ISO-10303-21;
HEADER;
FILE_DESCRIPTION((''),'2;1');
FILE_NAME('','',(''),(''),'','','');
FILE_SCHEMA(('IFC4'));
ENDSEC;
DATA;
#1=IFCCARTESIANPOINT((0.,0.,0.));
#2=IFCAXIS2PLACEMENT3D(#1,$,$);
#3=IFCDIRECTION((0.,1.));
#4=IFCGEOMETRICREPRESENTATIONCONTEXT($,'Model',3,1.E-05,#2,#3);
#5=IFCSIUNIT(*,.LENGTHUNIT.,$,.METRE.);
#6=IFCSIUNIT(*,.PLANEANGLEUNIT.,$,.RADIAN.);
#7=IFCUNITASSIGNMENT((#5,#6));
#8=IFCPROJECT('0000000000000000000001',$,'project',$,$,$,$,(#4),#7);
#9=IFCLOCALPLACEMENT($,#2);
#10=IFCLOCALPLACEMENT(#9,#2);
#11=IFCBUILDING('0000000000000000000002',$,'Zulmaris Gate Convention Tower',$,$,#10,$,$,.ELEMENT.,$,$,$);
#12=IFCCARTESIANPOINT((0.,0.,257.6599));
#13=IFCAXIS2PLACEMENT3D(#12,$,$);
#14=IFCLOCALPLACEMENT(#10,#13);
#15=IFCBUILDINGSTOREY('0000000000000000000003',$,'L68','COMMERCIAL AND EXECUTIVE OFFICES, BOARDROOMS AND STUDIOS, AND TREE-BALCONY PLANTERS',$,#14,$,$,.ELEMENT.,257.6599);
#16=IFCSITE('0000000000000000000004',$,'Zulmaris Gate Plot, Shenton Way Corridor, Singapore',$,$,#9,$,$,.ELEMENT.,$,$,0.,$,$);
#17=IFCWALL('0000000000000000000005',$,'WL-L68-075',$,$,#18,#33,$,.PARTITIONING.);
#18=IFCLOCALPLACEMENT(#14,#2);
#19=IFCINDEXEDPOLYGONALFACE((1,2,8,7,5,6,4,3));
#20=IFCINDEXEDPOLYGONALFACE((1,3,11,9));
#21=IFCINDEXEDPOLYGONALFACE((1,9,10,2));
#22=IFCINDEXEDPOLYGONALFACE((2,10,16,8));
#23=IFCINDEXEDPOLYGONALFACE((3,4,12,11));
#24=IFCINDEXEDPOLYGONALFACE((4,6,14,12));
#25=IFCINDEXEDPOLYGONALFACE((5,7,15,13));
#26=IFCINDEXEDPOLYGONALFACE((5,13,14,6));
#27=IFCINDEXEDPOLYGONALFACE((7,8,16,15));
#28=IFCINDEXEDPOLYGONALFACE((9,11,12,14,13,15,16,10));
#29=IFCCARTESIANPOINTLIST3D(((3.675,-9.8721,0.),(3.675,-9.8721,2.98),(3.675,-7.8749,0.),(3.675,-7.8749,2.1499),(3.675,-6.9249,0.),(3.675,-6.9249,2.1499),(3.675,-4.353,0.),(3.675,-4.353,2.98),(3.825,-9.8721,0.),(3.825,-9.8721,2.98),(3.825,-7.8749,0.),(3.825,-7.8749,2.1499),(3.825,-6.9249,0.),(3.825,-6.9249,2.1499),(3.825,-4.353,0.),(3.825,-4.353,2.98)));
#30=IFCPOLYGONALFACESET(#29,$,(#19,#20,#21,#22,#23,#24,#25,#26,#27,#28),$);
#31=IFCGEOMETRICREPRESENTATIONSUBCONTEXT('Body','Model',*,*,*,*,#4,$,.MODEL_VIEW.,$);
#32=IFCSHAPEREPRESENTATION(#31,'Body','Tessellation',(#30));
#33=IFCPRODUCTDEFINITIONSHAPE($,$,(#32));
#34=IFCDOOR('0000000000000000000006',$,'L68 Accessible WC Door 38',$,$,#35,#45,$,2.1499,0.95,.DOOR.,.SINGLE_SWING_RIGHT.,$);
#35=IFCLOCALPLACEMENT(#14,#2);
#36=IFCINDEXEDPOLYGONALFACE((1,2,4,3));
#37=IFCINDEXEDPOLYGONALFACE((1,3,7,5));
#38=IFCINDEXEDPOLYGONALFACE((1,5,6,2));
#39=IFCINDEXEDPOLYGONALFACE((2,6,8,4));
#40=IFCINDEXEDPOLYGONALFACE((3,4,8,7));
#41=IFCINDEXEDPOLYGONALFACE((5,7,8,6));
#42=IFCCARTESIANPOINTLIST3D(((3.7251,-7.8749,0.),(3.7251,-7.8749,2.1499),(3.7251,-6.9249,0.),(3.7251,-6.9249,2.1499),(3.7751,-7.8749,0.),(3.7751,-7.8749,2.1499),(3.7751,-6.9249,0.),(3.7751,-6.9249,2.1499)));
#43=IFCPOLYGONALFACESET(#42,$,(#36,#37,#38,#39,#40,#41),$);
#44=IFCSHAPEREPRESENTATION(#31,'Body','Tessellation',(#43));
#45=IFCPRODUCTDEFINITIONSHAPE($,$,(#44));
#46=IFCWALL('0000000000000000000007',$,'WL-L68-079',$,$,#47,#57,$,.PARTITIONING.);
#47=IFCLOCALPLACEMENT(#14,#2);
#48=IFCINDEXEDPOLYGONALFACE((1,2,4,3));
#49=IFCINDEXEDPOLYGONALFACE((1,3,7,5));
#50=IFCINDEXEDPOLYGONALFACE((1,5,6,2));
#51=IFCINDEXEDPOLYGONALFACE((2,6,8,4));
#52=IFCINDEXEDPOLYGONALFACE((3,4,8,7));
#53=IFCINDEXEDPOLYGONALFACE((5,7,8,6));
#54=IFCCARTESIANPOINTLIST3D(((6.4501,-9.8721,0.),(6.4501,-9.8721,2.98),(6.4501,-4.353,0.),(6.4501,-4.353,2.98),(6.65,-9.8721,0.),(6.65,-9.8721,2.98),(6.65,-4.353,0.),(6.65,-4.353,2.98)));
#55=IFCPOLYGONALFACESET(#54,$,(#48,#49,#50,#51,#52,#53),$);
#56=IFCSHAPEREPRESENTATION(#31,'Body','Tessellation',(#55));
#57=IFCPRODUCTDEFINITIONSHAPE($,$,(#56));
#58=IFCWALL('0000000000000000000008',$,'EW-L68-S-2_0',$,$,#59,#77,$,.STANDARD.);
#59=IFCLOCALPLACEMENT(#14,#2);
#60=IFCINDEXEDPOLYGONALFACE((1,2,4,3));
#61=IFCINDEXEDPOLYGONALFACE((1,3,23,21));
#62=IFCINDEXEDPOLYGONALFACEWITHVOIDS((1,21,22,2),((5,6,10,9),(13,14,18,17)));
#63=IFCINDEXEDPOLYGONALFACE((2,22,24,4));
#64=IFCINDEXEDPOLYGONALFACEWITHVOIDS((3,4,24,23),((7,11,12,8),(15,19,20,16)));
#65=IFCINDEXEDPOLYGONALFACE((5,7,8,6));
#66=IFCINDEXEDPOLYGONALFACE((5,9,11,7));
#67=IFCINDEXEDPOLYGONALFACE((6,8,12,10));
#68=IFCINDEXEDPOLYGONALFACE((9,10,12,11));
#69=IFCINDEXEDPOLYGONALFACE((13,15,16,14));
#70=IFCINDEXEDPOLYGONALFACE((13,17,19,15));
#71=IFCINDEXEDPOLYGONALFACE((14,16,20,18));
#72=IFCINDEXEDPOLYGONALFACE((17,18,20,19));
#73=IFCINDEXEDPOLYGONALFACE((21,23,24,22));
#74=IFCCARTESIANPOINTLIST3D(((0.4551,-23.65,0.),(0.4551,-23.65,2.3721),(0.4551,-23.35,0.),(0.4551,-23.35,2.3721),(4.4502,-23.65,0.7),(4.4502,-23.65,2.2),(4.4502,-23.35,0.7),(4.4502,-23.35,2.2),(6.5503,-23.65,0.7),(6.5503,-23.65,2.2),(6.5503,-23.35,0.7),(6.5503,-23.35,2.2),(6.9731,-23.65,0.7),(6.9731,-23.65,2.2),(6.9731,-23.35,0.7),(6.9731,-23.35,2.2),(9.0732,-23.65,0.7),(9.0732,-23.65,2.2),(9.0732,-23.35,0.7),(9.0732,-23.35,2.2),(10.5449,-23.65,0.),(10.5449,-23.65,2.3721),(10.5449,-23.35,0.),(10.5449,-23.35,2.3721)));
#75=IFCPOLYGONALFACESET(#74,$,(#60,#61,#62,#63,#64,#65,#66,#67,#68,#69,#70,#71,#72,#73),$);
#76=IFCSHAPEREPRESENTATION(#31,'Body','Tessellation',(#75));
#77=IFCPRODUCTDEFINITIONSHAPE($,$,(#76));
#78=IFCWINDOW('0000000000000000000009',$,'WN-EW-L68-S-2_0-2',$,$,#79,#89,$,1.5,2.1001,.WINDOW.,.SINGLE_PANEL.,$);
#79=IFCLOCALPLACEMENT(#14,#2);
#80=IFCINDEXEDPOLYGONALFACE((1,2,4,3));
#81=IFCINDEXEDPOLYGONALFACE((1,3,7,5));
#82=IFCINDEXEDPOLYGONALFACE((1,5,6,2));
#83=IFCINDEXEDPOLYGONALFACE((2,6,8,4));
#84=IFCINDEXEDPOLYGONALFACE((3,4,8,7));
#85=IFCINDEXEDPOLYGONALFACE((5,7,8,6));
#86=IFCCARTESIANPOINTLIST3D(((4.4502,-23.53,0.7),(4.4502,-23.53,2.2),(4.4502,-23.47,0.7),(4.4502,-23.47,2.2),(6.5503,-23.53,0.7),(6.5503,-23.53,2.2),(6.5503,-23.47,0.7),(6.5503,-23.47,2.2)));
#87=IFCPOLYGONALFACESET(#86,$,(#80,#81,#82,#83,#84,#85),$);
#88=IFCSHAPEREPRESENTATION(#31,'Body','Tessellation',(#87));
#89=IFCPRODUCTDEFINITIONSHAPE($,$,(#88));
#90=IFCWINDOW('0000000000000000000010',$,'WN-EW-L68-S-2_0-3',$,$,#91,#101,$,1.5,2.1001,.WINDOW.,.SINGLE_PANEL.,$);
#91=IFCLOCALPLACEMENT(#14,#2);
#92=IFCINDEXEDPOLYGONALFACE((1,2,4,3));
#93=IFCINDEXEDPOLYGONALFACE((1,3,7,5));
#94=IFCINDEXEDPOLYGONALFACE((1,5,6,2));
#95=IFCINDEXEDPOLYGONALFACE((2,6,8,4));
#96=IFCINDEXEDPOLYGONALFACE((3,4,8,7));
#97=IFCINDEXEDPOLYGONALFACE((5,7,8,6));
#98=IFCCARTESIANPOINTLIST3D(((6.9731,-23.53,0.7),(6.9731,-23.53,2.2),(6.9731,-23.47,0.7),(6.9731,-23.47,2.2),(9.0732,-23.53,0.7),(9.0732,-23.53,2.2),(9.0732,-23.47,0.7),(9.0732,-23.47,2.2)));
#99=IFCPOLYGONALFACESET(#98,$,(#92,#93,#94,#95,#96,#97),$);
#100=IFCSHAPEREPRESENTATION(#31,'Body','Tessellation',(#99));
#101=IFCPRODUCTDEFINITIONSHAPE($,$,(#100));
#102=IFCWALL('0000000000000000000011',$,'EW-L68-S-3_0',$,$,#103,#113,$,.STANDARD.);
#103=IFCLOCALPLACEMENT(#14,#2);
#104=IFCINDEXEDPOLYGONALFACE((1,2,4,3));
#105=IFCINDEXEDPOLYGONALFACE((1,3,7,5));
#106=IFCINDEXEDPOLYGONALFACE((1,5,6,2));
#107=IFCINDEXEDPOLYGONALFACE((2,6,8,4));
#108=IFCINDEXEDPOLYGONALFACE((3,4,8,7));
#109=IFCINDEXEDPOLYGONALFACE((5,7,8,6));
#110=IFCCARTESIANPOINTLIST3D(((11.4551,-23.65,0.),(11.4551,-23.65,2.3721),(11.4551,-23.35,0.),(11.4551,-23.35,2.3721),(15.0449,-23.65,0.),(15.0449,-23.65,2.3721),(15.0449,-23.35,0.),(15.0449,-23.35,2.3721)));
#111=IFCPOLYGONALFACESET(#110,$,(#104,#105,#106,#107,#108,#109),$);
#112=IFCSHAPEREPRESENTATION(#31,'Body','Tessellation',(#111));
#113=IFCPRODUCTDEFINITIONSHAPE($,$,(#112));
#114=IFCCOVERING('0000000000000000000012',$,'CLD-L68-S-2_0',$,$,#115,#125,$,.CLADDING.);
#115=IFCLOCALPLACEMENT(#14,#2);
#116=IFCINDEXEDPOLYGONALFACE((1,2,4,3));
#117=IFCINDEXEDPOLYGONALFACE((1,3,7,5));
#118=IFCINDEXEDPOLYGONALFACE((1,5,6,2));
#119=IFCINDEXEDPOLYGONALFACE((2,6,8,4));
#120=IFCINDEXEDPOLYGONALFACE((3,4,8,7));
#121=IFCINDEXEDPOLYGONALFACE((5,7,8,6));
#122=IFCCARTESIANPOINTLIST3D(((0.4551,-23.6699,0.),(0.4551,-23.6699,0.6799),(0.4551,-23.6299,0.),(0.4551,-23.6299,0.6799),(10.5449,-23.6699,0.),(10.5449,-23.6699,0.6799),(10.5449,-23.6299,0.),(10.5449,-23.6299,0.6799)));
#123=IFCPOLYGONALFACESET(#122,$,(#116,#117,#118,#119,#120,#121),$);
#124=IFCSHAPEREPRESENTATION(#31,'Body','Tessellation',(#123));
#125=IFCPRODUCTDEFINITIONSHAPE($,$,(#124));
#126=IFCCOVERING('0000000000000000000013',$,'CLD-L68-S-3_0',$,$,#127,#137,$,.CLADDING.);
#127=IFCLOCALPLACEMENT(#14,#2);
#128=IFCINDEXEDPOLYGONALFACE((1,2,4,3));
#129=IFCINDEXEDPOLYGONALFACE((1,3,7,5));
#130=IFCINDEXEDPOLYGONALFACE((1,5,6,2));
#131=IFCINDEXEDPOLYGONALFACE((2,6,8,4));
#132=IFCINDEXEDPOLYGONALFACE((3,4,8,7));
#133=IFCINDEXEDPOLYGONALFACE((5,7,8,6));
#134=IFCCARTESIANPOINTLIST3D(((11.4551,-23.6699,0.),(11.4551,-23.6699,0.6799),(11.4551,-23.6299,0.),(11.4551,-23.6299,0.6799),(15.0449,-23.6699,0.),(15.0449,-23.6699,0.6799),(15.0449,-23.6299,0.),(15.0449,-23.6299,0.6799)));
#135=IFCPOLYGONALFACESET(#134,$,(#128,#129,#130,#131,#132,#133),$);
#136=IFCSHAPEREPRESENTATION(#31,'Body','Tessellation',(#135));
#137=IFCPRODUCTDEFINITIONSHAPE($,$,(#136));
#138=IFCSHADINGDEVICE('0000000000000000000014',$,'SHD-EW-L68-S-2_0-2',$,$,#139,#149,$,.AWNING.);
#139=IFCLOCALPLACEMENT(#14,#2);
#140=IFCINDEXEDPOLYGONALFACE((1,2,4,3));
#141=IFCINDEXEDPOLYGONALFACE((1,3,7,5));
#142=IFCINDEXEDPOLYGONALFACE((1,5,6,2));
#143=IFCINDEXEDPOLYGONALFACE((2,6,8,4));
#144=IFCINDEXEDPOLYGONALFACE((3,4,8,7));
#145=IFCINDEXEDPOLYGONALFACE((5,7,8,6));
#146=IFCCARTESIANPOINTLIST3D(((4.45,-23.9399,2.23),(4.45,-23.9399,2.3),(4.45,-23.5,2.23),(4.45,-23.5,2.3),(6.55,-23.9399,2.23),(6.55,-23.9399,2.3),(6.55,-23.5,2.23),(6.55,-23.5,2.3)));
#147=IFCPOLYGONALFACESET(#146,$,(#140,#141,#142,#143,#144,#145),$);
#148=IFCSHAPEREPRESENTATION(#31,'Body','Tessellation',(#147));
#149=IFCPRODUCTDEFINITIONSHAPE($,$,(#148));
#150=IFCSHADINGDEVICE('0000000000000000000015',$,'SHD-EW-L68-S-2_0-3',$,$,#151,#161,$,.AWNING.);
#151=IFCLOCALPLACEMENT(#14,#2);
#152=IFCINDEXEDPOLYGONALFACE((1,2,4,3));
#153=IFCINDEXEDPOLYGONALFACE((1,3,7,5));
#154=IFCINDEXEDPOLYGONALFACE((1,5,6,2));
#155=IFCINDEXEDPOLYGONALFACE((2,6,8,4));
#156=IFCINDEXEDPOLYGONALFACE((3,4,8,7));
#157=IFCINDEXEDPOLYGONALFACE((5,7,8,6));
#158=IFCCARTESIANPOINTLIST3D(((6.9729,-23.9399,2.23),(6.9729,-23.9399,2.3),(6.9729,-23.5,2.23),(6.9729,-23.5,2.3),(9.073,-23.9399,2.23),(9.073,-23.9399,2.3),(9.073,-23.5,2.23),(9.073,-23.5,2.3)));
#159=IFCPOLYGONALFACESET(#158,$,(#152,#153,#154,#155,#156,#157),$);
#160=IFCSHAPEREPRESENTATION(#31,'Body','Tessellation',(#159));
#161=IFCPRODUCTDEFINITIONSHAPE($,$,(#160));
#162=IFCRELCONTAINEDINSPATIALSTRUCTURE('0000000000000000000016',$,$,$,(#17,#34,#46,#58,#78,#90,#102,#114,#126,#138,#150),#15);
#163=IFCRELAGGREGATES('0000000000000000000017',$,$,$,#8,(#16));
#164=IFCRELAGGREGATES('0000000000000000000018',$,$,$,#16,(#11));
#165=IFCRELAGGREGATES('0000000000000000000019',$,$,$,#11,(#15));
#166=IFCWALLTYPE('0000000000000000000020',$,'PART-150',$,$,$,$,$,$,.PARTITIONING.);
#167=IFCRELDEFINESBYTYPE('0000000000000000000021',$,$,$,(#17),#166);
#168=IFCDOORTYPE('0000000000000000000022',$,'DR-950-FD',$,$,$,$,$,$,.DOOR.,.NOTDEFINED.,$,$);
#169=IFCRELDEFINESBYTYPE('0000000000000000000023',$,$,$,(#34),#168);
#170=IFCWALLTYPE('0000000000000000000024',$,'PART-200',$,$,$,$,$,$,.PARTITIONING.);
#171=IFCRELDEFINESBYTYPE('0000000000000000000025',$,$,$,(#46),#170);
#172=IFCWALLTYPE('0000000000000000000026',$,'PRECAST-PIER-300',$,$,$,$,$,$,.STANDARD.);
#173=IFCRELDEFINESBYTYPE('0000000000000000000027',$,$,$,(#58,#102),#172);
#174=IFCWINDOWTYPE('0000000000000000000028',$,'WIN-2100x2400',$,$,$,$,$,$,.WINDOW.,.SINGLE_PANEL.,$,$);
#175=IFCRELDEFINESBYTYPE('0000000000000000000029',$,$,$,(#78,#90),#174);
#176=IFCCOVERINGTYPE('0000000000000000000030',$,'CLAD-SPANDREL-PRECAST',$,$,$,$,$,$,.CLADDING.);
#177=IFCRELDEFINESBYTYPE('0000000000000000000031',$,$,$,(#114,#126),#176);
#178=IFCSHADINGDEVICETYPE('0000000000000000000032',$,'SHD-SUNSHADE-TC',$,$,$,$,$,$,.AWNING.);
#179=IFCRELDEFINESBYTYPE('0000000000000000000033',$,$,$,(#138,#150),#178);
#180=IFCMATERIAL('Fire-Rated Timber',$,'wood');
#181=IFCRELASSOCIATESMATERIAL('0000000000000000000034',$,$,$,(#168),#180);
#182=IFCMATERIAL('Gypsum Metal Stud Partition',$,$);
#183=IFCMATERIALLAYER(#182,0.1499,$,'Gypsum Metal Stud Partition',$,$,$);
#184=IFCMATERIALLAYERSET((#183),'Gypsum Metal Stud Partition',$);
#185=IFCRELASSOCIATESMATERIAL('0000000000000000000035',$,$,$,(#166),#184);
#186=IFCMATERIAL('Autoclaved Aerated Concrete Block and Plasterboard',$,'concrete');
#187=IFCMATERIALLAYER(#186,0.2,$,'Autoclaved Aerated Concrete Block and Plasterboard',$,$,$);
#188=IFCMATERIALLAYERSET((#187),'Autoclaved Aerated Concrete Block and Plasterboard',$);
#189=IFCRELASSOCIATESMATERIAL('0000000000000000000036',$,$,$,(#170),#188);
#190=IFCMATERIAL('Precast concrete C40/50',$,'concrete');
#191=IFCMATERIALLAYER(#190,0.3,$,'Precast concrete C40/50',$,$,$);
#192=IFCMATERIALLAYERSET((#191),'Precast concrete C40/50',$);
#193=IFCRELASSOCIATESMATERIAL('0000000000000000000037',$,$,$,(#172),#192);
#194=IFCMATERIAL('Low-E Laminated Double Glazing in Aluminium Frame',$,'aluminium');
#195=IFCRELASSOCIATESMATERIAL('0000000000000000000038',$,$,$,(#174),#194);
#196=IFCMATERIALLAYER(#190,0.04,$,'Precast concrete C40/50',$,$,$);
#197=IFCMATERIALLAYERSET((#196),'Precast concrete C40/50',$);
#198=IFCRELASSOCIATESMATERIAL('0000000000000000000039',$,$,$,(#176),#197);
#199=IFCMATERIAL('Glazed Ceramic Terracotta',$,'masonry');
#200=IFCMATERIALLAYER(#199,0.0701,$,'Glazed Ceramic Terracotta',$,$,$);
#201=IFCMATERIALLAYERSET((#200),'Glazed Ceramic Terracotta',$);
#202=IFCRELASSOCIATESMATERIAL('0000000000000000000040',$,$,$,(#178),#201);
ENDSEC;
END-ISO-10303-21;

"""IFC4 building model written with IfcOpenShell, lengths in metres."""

from ifc_helpers import new_model, si_unit, direction, frame, frame_2d, origin, place, context, subcontext, project, spatial, rectangle, extrude, material, layer, layer_set, type_object, element, fill, save


model = new_model("IFC4")

# Units and contexts
model_context = context("Model", 3, precision=1e-05, world=origin(), true_north=direction((0.0, 1.0)))
body_context = subcontext(model_context, "Body", "Model", "MODEL_VIEW")
ifc_project = project(units=[si_unit("LENGTHUNIT", "METRE"), si_unit("PLANEANGLEUNIT", "RADIAN")], contexts=[model_context])

# Site, building, storey
site_placement = place(None, origin())
site = spatial("IfcSite", under=ifc_project, at=site_placement, Name="Zulmaris Gate Plot, Shenton Way Corridor, Singapore", CompositionType="ELEMENT", RefElevation=0.0)
building_placement = place(site_placement, origin())
building = spatial("IfcBuilding", under=site, at=building_placement, Name="Zulmaris Gate Convention Tower", CompositionType="ELEMENT")
storey_placement = place(building_placement, frame((0.0, 0.0, 257.6599)))
storey = spatial("IfcBuildingStorey", under=building, at=storey_placement, Name="L68", Description="COMMERCIAL AND EXECUTIVE OFFICES, BOARDROOMS AND STUDIOS, AND TREE-BALCONY PLANTERS", CompositionType="ELEMENT", Elevation=257.6599)

# Shared definitions
ifc_material_1 = material(Name="Fire-Rated Timber", Category="wood")
door_type = type_object("IfcDoorType", Name="DR-950-FD", OperationType="NOTDEFINED", PredefinedType="DOOR", material=ifc_material_1)

# Shared definitions
ifc_material_2 = material(Name="Gypsum Metal Stud Partition")
ifc_layer_1 = layer(ifc_material_2, 0.1499, Name="Gypsum Metal Stud Partition")
ifc_layer_set_1 = layer_set([ifc_layer_1], Name="Gypsum Metal Stud Partition")
wall_type_1 = type_object("IfcWallType", Name="PART-150", PredefinedType="PARTITIONING", material=ifc_layer_set_1)

# Wall, opening, door
wall_1_placement = place(storey_placement, frame((3.75, -9.8721, 0.0), z_axis=(0.0, 0.0, 1.0), x_axis=(0.0, 1.0, 0.0)))
wall_1 = element("IfcWall", 1, at=wall_1_placement, inside=storey, type_object=wall_type_1, Name="WL-L68-075", PredefinedType="PARTITIONING", context=body_context, shape_type="SweptSolid", body=[
    extrude(rectangle(XDim=5.519, YDim=0.1499, at=frame_2d((2.7595, 0.0))), origin(), (0.0, 0.0, 1.0), 2.98),
])
opening_1_placement = place(wall_1_placement, frame((1.9971, 0.0, 0.0)))
opening_1 = element("IfcOpeningElement", 2, at=opening_1_placement, cuts=wall_1, PredefinedType="OPENING", context=body_context, shape_type="SweptSolid", body=[
    extrude(rectangle(XDim=0.95, YDim=2.1499, at=frame_2d((0.4751, 1.075))), frame((0.0, 0.085, 0.0), z_axis=(0.0, -1.0, 0.0), x_axis=(1.0, 0.0, 0.0)), (0.0, 0.0, 1.0), 0.1699),
])
door_1_placement = place(opening_1_placement, origin())
door_1 = element("IfcDoor", 3, at=door_1_placement, inside=storey, type_object=door_type, Name="L68 Accessible WC Door 38", OperationType="SINGLE_SWING_RIGHT", OverallHeight=2.1499, OverallWidth=0.95, PredefinedType="DOOR", context=body_context, shape_type="SweptSolid", body=[
    extrude(rectangle(XDim=0.95, YDim=2.1499, at=frame_2d((0.4751, 1.075))), frame((0.0, 0.0249, 0.0), z_axis=(0.0, -1.0, 0.0), x_axis=(1.0, 0.0, 0.0)), (0.0, 0.0, 1.0), 0.05),
])
fill(opening_1, door_1)

# Wall
ifc_material_3 = material(Name="Autoclaved Aerated Concrete Block and Plasterboard", Category="concrete")
ifc_layer_2 = layer(ifc_material_3, 0.2, Name="Autoclaved Aerated Concrete Block and Plasterboard")
ifc_layer_set_2 = layer_set([ifc_layer_2], Name="Autoclaved Aerated Concrete Block and Plasterboard")
wall_type_2 = type_object("IfcWallType", Name="PART-200", PredefinedType="PARTITIONING", material=ifc_layer_set_2)
wall_2_placement = place(storey_placement, frame((6.55, -9.8721, 0.0), z_axis=(0.0, 0.0, 1.0), x_axis=(0.0, 1.0, 0.0)))
element("IfcWall", 4, at=wall_2_placement, inside=storey, type_object=wall_type_2, Name="WL-L68-079", PredefinedType="PARTITIONING", context=body_context, shape_type="SweptSolid", body=[
    extrude(rectangle(XDim=5.519, YDim=0.2, at=frame_2d((2.7595, 0.0))), origin(), (0.0, 0.0, 1.0), 2.98),
])

# Wall, openings, windows
ifc_material_4 = material(Name="Precast concrete C40/50", Category="concrete")
ifc_layer_3 = layer(ifc_material_4, 0.3, Name="Precast concrete C40/50")
ifc_layer_set_3 = layer_set([ifc_layer_3], Name="Precast concrete C40/50")
wall_type_3 = type_object("IfcWallType", Name="PRECAST-PIER-300", PredefinedType="STANDARD", material=ifc_layer_set_3)
wall_3_placement = place(storey_placement, frame((0.4551, -23.5, 0.0), z_axis=(0.0, 0.0, 1.0), x_axis=(1.0, 0.0, 0.0)))
wall_3 = element("IfcWall", 5, at=wall_3_placement, inside=storey, type_object=wall_type_3, Name="EW-L68-S-2_0", PredefinedType="STANDARD", context=body_context, shape_type="SweptSolid", body=[
    extrude(rectangle(XDim=10.0898, YDim=0.3, at=frame_2d((5.0449, 0.0))), origin(), (0.0, 0.0, 1.0), 2.3721),
])
opening_2_placement = place(wall_3_placement, frame((3.9951, 0.0, 0.7)))
opening_2 = element("IfcOpeningElement", 6, at=opening_2_placement, cuts=wall_3, PredefinedType="OPENING", context=body_context, shape_type="SweptSolid", body=[
    extrude(rectangle(XDim=2.1001, YDim=1.5, at=frame_2d((1.05, 0.75))), frame((0.0, 0.1602, 0.0), z_axis=(0.0, -1.0, 0.0), x_axis=(1.0, 0.0, 0.0)), (0.0, 0.0, 1.0), 0.3201),
])
opening_3_placement = place(wall_3_placement, frame((6.5181, 0.0, 0.7)))
opening_3 = element("IfcOpeningElement", 7, at=opening_3_placement, cuts=wall_3, PredefinedType="OPENING", context=body_context, shape_type="SweptSolid", body=[
    extrude(rectangle(XDim=2.1001, YDim=1.5, at=frame_2d((1.05, 0.75))), frame((0.0, 0.1602, 0.0), z_axis=(0.0, -1.0, 0.0), x_axis=(1.0, 0.0, 0.0)), (0.0, 0.0, 1.0), 0.3201),
])
ifc_material_5 = material(Name="Low-E Laminated Double Glazing in Aluminium Frame", Category="aluminium")
window_type = type_object("IfcWindowType", Name="WIN-2100x2400", PartitioningType="SINGLE_PANEL", PredefinedType="WINDOW", material=ifc_material_5)
window_1_placement = place(opening_2_placement, origin())
window_1 = element("IfcWindow", 8, at=window_1_placement, inside=storey, type_object=window_type, Name="WN-EW-L68-S-2_0-2", OverallHeight=1.5, OverallWidth=2.1001, PartitioningType="SINGLE_PANEL", PredefinedType="WINDOW", context=body_context, shape_type="SweptSolid", body=[
    extrude(rectangle(XDim=2.1001, YDim=1.5, at=frame_2d((1.05, 0.75))), frame((0.0, 0.03, 0.0), z_axis=(0.0, -1.0, 0.0), x_axis=(1.0, 0.0, 0.0)), (0.0, 0.0, 1.0), 0.0601),
])
fill(opening_2, window_1)
window_2_placement = place(opening_3_placement, origin())
window_2 = element("IfcWindow", 9, at=window_2_placement, inside=storey, type_object=window_type, Name="WN-EW-L68-S-2_0-3", OverallHeight=1.5, OverallWidth=2.1001, PartitioningType="SINGLE_PANEL", PredefinedType="WINDOW", context=body_context, shape_type="SweptSolid", body=[
    extrude(rectangle(XDim=2.1001, YDim=1.5, at=frame_2d((1.05, 0.75))), frame((0.0, 0.03, 0.0), z_axis=(0.0, -1.0, 0.0), x_axis=(1.0, 0.0, 0.0)), (0.0, 0.0, 1.0), 0.0601),
])
fill(opening_3, window_2)

# Wall
wall_4_placement = place(storey_placement, frame((11.4551, -23.5, 0.0), z_axis=(0.0, 0.0, 1.0), x_axis=(1.0, 0.0, 0.0)))
element("IfcWall", 10, at=wall_4_placement, inside=storey, type_object=wall_type_3, Name="EW-L68-S-3_0", PredefinedType="STANDARD", context=body_context, shape_type="SweptSolid", body=[
    extrude(rectangle(XDim=3.5898, YDim=0.3, at=frame_2d((1.7949, 0.0))), origin(), (0.0, 0.0, 1.0), 2.3721),
])

# Coverings
ifc_layer_4 = layer(ifc_material_4, 0.04, Name="Precast concrete C40/50")
ifc_layer_set_4 = layer_set([ifc_layer_4], Name="Precast concrete C40/50")
covering_type = type_object("IfcCoveringType", Name="CLAD-SPANDREL-PRECAST", PredefinedType="CLADDING", material=ifc_layer_set_4)
covering_1_placement = place(storey_placement, frame((0.4551, -23.6499, 0.0), z_axis=(0.0, 0.0, 1.0), x_axis=(1.0, 0.0, 0.0)))
element("IfcCovering", 11, at=covering_1_placement, inside=storey, type_object=covering_type, Name="CLD-L68-S-2_0", PredefinedType="CLADDING", context=body_context, shape_type="SweptSolid", body=[
    extrude(rectangle(XDim=10.0898, YDim=0.04, at=frame_2d((5.0449, 0.0))), origin(), (0.0, 0.0, 1.0), 0.6799),
])
covering_2_placement = place(storey_placement, frame((11.4551, -23.6499, 0.0), z_axis=(0.0, 0.0, 1.0), x_axis=(1.0, 0.0, 0.0)))
element("IfcCovering", 12, at=covering_2_placement, inside=storey, type_object=covering_type, Name="CLD-L68-S-3_0", PredefinedType="CLADDING", context=body_context, shape_type="SweptSolid", body=[
    extrude(rectangle(XDim=3.5898, YDim=0.04, at=frame_2d((1.7949, 0.0))), origin(), (0.0, 0.0, 1.0), 0.6799),
])

# Shading devices
ifc_material_6 = material(Name="Glazed Ceramic Terracotta", Category="masonry")
ifc_layer_5 = layer(ifc_material_6, 0.0701, Name="Glazed Ceramic Terracotta")
ifc_layer_set_5 = layer_set([ifc_layer_5], Name="Glazed Ceramic Terracotta")
shading_device_type = type_object("IfcShadingDeviceType", Name="SHD-SUNSHADE-TC", PredefinedType="AWNING", material=ifc_layer_set_5)
for number, where, z_axis, x_axis, name in (
    (13, (4.45, -23.72, 2.23), (0.0, 0.0, 1.0), (1.0, 0.0, 0.0), "SHD-EW-L68-S-2_0-2"),
    (14, (6.9729, -23.72, 2.23), (0.0, 0.0, 1.0), (1.0, 0.0, 0.0), "SHD-EW-L68-S-2_0-3"),
):
    element("IfcShadingDevice", number, at=place(storey_placement, frame(where, z_axis=z_axis, x_axis=x_axis)), inside=storey, type_object=shading_device_type, Name=name, PredefinedType="AWNING", context=body_context, shape_type="SweptSolid", body=[
        extrude(rectangle(XDim=2.1001, YDim=0.4399, at=frame_2d((1.05, 0.0))), origin(), (0.0, 0.0, 1.0), 0.0701),
    ])

save(model, "model.ifc")
